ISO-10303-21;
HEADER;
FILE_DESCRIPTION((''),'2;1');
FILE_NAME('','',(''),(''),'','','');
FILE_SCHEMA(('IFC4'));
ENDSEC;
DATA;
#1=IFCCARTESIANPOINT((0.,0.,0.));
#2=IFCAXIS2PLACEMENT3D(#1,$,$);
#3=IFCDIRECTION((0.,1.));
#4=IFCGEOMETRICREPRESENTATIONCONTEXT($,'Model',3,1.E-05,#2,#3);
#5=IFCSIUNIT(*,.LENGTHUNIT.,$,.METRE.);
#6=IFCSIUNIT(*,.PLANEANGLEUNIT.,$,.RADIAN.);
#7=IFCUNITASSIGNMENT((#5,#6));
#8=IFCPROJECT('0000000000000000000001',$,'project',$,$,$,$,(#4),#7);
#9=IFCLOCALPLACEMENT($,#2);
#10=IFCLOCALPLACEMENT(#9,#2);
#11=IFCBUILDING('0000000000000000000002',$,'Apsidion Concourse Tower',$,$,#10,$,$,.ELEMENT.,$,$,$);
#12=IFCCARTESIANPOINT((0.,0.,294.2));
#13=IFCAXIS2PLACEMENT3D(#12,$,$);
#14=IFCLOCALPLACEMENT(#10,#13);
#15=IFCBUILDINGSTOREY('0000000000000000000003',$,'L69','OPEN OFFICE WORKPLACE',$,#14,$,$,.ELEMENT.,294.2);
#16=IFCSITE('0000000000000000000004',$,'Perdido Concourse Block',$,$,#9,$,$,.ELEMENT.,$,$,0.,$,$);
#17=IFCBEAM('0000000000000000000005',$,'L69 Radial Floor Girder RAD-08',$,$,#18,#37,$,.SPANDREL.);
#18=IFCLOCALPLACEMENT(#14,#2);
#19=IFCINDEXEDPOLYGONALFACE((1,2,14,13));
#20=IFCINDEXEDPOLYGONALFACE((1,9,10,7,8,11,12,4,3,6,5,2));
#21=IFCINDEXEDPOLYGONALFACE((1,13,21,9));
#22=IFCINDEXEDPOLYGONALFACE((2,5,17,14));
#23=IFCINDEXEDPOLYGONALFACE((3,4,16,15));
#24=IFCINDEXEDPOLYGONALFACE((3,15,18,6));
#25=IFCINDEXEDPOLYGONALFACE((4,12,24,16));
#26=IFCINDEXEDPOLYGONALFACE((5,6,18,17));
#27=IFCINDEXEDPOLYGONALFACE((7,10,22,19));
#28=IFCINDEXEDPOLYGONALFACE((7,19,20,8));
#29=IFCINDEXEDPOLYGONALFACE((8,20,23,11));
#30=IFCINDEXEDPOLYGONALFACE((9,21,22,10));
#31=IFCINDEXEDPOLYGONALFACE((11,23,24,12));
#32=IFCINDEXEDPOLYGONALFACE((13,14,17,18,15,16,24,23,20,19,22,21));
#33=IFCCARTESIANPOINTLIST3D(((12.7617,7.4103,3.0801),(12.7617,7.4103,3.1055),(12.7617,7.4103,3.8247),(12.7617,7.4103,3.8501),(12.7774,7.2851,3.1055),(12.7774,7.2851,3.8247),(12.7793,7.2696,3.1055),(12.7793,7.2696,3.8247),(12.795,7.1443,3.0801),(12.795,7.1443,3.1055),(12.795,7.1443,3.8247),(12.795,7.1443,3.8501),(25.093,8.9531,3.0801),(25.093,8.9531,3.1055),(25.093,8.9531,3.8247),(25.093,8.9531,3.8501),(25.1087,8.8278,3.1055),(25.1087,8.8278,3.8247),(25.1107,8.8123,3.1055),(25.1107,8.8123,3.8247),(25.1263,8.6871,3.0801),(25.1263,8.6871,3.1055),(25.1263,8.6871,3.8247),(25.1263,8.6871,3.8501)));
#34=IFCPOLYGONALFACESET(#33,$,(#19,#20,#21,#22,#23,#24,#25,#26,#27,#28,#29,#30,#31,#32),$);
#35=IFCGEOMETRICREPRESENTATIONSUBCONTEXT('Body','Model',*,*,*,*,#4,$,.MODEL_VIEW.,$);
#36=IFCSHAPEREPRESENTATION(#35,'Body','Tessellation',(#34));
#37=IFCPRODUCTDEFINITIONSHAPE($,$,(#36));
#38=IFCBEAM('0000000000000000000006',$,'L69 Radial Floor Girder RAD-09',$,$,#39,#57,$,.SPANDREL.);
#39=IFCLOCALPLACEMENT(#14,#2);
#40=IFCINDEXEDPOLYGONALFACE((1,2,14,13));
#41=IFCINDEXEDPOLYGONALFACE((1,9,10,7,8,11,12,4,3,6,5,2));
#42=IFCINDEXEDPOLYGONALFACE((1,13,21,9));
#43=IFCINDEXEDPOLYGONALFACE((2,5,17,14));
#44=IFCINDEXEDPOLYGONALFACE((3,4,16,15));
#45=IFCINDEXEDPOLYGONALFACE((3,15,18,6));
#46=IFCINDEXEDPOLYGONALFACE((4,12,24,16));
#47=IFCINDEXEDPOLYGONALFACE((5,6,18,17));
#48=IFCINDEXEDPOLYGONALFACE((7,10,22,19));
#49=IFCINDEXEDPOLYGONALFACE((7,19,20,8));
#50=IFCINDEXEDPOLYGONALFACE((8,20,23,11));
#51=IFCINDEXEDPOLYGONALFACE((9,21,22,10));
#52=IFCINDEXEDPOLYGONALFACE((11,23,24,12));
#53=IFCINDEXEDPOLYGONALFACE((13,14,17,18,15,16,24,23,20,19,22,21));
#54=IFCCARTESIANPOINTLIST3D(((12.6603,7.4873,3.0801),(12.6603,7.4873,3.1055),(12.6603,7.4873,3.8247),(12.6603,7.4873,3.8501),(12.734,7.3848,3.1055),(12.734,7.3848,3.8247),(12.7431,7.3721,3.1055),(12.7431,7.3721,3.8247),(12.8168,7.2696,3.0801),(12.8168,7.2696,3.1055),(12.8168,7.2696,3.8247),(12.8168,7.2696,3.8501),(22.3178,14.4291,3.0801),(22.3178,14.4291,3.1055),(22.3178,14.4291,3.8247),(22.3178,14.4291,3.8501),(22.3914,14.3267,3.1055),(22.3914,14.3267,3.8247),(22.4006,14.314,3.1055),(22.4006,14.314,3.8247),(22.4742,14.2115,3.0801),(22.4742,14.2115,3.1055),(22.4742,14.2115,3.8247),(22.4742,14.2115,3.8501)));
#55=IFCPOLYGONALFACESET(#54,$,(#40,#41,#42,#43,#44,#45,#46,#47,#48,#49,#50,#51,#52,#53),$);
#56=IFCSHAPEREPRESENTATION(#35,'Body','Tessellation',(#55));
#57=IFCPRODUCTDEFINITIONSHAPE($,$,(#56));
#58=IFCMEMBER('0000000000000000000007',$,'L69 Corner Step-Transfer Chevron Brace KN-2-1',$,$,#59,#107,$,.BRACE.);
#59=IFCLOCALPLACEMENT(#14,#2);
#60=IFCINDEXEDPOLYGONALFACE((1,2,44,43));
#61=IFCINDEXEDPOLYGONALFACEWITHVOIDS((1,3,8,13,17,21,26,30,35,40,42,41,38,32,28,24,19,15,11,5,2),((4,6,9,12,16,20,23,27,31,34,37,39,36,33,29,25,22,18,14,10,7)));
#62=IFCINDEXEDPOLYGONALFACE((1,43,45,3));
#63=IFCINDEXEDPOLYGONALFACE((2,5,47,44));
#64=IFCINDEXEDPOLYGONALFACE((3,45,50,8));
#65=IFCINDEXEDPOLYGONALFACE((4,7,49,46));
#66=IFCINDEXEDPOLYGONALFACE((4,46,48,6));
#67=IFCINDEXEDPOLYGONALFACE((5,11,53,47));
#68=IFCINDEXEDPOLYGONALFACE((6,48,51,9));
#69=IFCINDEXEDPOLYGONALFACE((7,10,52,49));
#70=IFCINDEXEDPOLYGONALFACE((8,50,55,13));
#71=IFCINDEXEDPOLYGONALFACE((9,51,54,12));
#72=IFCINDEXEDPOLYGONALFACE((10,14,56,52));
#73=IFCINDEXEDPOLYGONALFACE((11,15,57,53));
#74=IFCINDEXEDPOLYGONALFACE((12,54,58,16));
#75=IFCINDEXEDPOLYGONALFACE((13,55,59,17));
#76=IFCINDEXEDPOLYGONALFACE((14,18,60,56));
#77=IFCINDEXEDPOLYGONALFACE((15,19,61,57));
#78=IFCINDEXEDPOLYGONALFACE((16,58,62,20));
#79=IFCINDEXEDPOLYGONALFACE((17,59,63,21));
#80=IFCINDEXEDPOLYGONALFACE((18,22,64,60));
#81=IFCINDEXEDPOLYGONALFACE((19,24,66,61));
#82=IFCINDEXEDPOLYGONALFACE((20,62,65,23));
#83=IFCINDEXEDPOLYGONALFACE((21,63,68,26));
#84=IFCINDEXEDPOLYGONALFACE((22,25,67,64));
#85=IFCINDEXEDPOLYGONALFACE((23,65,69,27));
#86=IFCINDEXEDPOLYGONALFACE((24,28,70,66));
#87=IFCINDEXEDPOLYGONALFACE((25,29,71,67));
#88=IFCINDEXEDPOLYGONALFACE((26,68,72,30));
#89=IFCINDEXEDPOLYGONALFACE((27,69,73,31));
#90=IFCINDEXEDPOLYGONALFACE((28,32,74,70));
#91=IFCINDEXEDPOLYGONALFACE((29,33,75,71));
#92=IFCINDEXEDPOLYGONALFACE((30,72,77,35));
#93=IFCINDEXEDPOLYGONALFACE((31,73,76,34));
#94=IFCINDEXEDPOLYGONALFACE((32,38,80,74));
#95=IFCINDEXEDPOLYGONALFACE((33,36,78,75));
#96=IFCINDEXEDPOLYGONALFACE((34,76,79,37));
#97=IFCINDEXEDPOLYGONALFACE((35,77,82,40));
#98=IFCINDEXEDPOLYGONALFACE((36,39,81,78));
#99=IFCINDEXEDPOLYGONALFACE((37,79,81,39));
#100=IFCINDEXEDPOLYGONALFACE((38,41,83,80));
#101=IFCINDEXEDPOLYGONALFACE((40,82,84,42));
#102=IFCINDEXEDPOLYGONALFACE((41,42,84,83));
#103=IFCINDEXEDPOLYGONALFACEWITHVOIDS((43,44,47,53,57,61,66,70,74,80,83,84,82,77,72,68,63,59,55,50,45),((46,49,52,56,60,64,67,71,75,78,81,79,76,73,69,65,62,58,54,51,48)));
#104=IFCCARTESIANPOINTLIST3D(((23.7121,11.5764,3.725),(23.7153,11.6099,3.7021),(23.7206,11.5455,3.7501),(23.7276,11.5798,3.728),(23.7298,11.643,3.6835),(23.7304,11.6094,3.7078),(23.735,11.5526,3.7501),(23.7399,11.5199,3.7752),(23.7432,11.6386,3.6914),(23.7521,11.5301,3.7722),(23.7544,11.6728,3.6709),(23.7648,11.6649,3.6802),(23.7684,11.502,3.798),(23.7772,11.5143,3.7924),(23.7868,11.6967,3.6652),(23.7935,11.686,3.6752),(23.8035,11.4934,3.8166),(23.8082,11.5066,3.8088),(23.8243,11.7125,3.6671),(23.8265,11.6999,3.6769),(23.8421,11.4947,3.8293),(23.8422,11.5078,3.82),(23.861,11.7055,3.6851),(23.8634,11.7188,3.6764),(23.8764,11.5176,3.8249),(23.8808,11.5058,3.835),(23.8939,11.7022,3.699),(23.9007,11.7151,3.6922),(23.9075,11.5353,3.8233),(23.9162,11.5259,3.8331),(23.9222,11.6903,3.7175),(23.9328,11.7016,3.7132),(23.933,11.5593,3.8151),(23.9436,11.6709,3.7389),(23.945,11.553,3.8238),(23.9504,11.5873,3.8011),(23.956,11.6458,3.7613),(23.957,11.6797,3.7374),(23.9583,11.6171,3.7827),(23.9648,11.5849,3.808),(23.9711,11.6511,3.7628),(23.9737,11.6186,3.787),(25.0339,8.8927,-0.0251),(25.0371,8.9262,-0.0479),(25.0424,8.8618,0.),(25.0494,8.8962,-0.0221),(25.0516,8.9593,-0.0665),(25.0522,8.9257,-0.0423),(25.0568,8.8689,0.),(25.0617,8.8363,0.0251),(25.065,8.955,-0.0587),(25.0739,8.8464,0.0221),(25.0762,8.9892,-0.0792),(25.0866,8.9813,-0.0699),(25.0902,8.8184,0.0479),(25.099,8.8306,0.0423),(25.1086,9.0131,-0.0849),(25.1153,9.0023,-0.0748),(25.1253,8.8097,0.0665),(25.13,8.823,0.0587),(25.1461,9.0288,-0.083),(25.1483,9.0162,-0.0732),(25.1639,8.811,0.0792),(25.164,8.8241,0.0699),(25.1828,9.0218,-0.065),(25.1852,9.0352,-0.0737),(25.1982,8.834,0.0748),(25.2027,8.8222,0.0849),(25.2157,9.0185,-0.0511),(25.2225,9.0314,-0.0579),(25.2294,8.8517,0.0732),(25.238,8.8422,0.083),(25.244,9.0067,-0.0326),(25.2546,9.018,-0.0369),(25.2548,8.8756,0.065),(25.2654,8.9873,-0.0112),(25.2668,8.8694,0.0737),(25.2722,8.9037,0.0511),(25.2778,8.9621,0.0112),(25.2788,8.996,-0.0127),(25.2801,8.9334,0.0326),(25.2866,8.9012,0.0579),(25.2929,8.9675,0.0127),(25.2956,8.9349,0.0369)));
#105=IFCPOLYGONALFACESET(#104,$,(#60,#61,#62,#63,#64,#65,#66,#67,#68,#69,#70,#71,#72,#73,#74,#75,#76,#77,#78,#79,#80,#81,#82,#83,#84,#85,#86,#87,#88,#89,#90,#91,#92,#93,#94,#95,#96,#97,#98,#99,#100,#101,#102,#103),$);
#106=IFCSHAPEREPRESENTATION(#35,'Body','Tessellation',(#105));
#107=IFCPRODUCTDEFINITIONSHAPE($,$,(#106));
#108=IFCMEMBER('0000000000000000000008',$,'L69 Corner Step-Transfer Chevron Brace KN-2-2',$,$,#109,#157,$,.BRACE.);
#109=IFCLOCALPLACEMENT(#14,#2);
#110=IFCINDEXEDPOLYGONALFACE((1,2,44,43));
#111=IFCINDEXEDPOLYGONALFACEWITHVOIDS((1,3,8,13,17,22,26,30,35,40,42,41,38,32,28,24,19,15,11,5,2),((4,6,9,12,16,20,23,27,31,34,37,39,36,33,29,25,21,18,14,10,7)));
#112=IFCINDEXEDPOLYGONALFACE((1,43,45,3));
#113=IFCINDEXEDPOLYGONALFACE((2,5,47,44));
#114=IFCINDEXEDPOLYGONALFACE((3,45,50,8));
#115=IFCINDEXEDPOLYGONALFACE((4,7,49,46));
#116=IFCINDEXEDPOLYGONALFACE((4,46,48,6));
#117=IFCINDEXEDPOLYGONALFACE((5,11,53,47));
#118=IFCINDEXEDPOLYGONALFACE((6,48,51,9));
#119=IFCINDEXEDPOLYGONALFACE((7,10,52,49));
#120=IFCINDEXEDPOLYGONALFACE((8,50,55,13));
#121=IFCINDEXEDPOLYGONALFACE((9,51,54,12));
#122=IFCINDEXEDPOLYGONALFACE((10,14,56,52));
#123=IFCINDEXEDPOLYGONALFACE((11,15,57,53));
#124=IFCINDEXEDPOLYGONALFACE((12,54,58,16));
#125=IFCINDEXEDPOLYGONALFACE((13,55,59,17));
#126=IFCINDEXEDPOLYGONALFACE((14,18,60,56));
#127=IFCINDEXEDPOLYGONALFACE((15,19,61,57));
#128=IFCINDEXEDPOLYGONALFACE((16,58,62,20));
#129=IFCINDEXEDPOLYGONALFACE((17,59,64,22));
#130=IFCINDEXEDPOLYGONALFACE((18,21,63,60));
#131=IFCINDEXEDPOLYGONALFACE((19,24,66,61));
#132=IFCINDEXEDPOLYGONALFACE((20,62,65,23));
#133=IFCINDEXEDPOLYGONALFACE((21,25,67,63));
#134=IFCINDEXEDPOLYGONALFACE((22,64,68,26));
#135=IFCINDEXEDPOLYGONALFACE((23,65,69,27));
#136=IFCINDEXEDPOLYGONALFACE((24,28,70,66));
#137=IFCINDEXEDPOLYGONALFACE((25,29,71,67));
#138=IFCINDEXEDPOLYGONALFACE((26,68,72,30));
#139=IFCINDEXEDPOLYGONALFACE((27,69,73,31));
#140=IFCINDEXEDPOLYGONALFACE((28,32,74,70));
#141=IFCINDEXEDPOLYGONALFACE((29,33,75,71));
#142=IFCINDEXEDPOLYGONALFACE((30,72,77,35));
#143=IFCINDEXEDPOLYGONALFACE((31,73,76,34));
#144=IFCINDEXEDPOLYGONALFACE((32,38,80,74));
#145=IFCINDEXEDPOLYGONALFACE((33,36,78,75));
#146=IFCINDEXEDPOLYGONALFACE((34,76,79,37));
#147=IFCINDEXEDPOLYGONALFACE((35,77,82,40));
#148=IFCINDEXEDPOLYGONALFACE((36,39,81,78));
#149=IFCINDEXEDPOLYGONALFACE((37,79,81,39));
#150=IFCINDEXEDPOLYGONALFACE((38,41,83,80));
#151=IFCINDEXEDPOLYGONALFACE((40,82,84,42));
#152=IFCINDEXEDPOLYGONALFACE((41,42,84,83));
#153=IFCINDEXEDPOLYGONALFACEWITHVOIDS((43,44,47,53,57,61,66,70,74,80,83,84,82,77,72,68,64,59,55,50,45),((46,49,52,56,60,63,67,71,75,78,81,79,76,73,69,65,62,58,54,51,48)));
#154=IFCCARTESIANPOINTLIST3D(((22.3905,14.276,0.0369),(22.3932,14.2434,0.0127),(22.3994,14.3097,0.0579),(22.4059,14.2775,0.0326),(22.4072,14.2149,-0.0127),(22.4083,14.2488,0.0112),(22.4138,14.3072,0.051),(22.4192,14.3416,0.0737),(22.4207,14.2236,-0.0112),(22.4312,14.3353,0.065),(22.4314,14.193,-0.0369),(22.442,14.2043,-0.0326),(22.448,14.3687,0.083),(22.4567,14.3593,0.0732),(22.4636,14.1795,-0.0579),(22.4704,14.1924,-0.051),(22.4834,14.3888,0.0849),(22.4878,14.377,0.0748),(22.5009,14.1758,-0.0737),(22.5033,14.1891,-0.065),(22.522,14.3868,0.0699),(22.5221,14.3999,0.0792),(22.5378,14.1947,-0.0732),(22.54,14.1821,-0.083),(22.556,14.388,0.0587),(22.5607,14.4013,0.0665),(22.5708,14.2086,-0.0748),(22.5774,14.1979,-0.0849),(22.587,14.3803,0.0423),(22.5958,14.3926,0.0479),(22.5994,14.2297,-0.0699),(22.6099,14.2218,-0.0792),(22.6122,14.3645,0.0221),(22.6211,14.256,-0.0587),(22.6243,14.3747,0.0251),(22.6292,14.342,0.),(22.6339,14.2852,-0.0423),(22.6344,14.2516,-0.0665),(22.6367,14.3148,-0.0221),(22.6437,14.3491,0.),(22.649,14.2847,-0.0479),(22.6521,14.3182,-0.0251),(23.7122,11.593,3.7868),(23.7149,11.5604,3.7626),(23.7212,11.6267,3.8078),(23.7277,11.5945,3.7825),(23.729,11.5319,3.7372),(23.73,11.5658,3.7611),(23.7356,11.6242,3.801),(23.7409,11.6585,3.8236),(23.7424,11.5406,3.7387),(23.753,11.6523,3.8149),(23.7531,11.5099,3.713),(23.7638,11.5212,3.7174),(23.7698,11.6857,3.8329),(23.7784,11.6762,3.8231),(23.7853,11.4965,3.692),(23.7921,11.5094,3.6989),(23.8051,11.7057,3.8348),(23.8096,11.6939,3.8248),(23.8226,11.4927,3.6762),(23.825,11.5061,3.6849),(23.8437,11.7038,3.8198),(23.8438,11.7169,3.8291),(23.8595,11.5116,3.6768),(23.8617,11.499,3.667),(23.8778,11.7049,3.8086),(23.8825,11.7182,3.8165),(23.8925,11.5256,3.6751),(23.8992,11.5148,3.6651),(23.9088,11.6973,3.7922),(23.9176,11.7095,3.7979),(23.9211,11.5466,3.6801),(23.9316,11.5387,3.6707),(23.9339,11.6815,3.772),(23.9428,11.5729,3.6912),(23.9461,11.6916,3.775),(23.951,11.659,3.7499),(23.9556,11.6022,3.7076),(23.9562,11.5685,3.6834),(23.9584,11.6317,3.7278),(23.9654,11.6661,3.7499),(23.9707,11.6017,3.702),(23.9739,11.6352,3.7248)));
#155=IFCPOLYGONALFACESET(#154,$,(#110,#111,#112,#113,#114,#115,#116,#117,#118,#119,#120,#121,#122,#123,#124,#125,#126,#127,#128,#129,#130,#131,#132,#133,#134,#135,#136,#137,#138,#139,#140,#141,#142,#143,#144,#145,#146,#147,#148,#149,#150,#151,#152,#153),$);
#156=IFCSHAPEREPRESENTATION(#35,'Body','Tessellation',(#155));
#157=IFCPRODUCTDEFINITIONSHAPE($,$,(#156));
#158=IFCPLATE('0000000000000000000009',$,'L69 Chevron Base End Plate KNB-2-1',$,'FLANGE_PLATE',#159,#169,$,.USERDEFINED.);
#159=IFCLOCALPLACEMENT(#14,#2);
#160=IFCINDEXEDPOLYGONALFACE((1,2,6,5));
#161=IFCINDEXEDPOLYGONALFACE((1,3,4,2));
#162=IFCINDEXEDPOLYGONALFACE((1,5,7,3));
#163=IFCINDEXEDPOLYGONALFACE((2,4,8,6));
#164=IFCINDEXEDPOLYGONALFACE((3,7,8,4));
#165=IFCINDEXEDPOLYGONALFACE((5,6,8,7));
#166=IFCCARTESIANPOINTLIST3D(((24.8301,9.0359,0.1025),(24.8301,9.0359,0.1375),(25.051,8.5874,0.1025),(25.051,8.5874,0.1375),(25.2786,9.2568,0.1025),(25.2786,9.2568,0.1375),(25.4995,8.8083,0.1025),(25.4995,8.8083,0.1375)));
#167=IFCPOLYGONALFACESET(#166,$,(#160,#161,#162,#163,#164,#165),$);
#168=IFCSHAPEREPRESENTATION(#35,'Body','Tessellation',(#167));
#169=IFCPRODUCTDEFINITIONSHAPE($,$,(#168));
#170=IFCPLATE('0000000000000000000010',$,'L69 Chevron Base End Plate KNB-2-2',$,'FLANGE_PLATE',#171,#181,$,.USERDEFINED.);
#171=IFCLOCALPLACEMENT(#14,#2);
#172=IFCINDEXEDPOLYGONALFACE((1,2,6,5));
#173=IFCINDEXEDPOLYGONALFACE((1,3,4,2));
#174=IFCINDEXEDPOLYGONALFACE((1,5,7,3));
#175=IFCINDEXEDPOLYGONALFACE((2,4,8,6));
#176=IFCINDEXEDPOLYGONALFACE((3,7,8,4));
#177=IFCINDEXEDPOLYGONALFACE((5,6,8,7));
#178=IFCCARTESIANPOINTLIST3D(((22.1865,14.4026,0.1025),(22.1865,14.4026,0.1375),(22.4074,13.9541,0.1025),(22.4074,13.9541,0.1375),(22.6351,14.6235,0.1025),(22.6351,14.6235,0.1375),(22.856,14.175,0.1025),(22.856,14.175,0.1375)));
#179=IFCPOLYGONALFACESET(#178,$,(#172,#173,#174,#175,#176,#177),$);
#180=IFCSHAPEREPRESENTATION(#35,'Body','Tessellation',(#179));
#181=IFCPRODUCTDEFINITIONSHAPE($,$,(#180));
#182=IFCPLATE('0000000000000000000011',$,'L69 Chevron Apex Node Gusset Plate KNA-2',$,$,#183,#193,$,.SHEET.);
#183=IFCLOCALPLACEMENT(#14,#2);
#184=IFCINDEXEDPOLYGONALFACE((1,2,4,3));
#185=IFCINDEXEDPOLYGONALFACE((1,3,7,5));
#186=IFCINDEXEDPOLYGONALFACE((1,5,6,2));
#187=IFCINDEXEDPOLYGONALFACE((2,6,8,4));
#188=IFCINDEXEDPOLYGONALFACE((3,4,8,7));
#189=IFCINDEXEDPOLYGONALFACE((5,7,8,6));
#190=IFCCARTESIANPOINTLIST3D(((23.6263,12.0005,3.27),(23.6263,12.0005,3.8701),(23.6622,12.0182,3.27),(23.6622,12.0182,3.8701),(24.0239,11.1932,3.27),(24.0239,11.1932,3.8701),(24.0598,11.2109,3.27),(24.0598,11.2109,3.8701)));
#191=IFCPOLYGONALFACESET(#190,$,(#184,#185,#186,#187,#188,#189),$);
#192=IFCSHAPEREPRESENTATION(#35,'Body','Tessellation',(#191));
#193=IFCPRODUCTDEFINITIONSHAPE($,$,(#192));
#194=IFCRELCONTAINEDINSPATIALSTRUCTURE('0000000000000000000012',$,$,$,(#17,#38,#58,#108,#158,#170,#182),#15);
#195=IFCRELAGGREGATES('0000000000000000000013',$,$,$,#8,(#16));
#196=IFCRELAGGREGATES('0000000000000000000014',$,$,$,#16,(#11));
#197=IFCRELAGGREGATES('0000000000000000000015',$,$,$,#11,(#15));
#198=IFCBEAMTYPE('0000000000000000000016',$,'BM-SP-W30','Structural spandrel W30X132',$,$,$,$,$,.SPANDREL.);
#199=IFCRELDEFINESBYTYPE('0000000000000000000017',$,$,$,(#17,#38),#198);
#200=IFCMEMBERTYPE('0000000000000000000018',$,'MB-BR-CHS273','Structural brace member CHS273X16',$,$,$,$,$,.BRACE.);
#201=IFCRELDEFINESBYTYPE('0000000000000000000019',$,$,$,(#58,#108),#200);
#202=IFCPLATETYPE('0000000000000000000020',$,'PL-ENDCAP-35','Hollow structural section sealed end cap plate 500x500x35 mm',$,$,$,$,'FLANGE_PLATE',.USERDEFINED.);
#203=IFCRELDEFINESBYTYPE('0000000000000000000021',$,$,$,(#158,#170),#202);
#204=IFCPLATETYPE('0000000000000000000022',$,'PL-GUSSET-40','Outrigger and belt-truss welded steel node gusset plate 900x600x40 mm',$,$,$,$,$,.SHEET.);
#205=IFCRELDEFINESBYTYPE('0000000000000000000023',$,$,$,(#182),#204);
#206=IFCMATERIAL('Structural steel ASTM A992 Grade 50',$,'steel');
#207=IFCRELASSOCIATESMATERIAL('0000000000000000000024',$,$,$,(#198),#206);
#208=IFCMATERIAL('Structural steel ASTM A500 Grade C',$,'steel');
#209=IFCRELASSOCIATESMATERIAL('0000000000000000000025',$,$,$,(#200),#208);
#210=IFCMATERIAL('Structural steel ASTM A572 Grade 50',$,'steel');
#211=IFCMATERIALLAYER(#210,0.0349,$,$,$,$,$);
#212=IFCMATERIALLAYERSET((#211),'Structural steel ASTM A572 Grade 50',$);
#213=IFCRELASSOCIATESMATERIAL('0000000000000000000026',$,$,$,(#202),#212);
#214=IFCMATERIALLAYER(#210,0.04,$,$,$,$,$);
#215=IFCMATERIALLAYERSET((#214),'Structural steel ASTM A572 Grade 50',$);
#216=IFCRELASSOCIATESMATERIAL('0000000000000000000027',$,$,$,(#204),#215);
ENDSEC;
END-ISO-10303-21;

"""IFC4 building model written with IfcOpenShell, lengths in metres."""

from ifc_helpers import new_model, si_unit, direction, frame, origin, origin_2d, place, context, subcontext, project, spatial, rectangle, hollow_circle, i_section, extrude, material, layer, layer_set, material_profile, profile_set, type_object, element, save


model = new_model("IFC4")

# Units and contexts
model_context = context("Model", 3, precision=1e-05, world=origin(), true_north=direction((0.0, 1.0)))
body_context = subcontext(model_context, "Body", "Model", "MODEL_VIEW")
ifc_project = project(units=[si_unit("LENGTHUNIT", "METRE"), si_unit("PLANEANGLEUNIT", "RADIAN")], contexts=[model_context])

# Site, building, storey
site_placement = place(None, origin())
site = spatial("IfcSite", under=ifc_project, at=site_placement, Name="Perdido Concourse Block", CompositionType="ELEMENT", RefElevation=0.0)
building_placement = place(site_placement, origin())
building = spatial("IfcBuilding", under=site, at=building_placement, Name="Apsidion Concourse Tower", CompositionType="ELEMENT")
storey_placement = place(building_placement, frame((0.0, 0.0, 294.2)))
storey = spatial("IfcBuildingStorey", under=building, at=storey_placement, Name="L69", Description="OPEN OFFICE WORKPLACE", CompositionType="ELEMENT", Elevation=294.2)

# Shared definitions
ifc_material_1 = material(Name="Structural steel ASTM A992 Grade 50", Category="steel")

# Beams
ifc_material_profile_1 = material_profile(ifc_material_1, i_section(OverallWidth=0.2681, OverallDepth=0.77, WebThickness=0.0156, FlangeThickness=0.0254, at=origin_2d()), Name="W30X132")
ifc_profile_set_1 = profile_set([ifc_material_profile_1], Name="Structural steel ASTM A992 Grade 50")
beam_type_1 = type_object("IfcBeamType", Name="BM-SP-W30", Description="Structural spandrel W30X132", PredefinedType="SPANDREL", material=ifc_profile_set_1)
beam_1_placement = place(storey_placement, frame((12.7783, 7.2773, 3.4651), z_axis=(0.992265, 0.124139, 0.0), x_axis=(-0.124139, 0.992265, 0.0)))
element("IfcBeam", 1, at=beam_1_placement, inside=storey, type_object=beam_type_1, Name="L69 Radial Floor Girder RAD-08", PredefinedType="SPANDREL", context=body_context, shape_type="SweptSolid", body=[
    extrude(i_section(OverallWidth=0.2681, OverallDepth=0.77, WebThickness=0.0156, FlangeThickness=0.0254, at=origin_2d()), origin(), (0.0, 0.0, 1.0), 12.4275),
])
beam_2_placement = place(storey_placement, frame((12.7385, 7.3784, 3.4651), z_axis=(0.811992, 0.583669, 0.0), x_axis=(-0.583669, 0.811992, 0.0)))
element("IfcBeam", 2, at=beam_2_placement, inside=storey, type_object=beam_type_1, Name="L69 Radial Floor Girder RAD-09", PredefinedType="SPANDREL", context=body_context, shape_type="SweptSolid", body=[
    extrude(i_section(OverallWidth=0.2681, OverallDepth=0.77, WebThickness=0.0156, FlangeThickness=0.0254, at=origin_2d()), origin(), (0.0, 0.0, 1.0), 11.8936),
])

# Members
ifc_material_2 = material(Name="Structural steel ASTM A500 Grade C", Category="steel")
ifc_material_profile_2 = material_profile(ifc_material_2, hollow_circle(Radius=0.1365, WallThickness=0.0161, at=origin_2d()), Name="CHS273X16")
ifc_profile_set_2 = profile_set([ifc_material_profile_2], Name="Structural steel ASTM A500 Grade C")
member_type = type_object("IfcMemberType", Name="MB-BR-CHS273", Description="Structural brace member CHS273X16", PredefinedType="BRACE", material=ifc_profile_set_2)
member_1_placement = place(storey_placement, frame((25.1648, 8.9221, 0.0), z_axis=(-0.275542, 0.559431, 0.781738), x_axis=(-0.897088, -0.441852, 0.0)))
element("IfcMember", 3, at=member_1_placement, inside=storey, type_object=member_type, Name="L69 Corner Step-Transfer Chevron Brace KN-2-1", PredefinedType="BRACE", context=body_context, shape_type="SweptSolid", body=[
    extrude(hollow_circle(Radius=0.1365, WallThickness=0.0161, at=origin_2d()), origin(), (0.0, 0.0, 1.0), 4.7971),
])
member_2_placement = place(storey_placement, frame((22.5212, 14.2888, 0.0), z_axis=(0.275558, -0.559361, 0.781782), x_axis=(0.897056, 0.441916, 0.0)))
element("IfcMember", 4, at=member_2_placement, inside=storey, type_object=member_type, Name="L69 Corner Step-Transfer Chevron Brace KN-2-2", PredefinedType="BRACE", context=body_context, shape_type="SweptSolid", body=[
    extrude(hollow_circle(Radius=0.1365, WallThickness=0.0161, at=origin_2d()), origin(), (0.0, 0.0, 1.0), 4.7966),
])

# Plates
ifc_material_3 = material(Name="Structural steel ASTM A572 Grade 50", Category="steel")
ifc_layer_1 = layer(ifc_material_3, 0.0349)
ifc_layer_set_1 = layer_set([ifc_layer_1], Name="Structural steel ASTM A572 Grade 50")
plate_type_1 = type_object("IfcPlateType", Name="PL-ENDCAP-35", Description="Hollow structural section sealed end cap plate 500x500x35 mm", ElementType="FLANGE_PLATE", PredefinedType="USERDEFINED", material=ifc_layer_set_1)
for number, where, z_axis, x_axis, name in (
    (5, (25.1648, 8.9221, 0.1025), (0.0, 0.0, 1.0), (-0.441819, 0.897104, 0.0), "L69 Chevron Base End Plate KNB-2-1"),
    (6, (22.5212, 14.2888, 0.1025), (0.0, 0.0, 1.0), (-0.441819, 0.897104, 0.0), "L69 Chevron Base End Plate KNB-2-2"),
):
    element("IfcPlate", number, at=place(storey_placement, frame(where, z_axis=z_axis, x_axis=x_axis)), inside=storey, type_object=plate_type_1, Name=name, ObjectType="FLANGE_PLATE", PredefinedType="USERDEFINED", context=body_context, shape_type="SweptSolid", body=[
        extrude(rectangle(XDim=0.5, YDim=0.5, at=origin_2d()), origin(), (0.0, 0.0, 1.0), 0.0349),
    ])
ifc_layer_2 = layer(ifc_material_3, 0.04)
ifc_layer_set_2 = layer_set([ifc_layer_2], Name="Structural steel ASTM A572 Grade 50")
plate_type_2 = type_object("IfcPlateType", Name="PL-GUSSET-40", Description="Outrigger and belt-truss welded steel node gusset plate 900x600x40 mm", PredefinedType="SHEET", material=ifc_layer_set_2)
plate_placement = place(storey_placement, frame((23.843, 11.6057, 3.27), z_axis=(0.0, 0.0, 1.0), x_axis=(-0.441819, 0.897104, 0.0)))
element("IfcPlate", 7, at=plate_placement, inside=storey, type_object=plate_type_2, Name="L69 Chevron Apex Node Gusset Plate KNA-2", PredefinedType="SHEET", context=body_context, shape_type="SweptSolid", body=[
    extrude(rectangle(XDim=0.8999, YDim=0.04, at=origin_2d()), origin(), (0.0, 0.0, 1.0), 0.6001),
])

save(model, "model.ifc")
